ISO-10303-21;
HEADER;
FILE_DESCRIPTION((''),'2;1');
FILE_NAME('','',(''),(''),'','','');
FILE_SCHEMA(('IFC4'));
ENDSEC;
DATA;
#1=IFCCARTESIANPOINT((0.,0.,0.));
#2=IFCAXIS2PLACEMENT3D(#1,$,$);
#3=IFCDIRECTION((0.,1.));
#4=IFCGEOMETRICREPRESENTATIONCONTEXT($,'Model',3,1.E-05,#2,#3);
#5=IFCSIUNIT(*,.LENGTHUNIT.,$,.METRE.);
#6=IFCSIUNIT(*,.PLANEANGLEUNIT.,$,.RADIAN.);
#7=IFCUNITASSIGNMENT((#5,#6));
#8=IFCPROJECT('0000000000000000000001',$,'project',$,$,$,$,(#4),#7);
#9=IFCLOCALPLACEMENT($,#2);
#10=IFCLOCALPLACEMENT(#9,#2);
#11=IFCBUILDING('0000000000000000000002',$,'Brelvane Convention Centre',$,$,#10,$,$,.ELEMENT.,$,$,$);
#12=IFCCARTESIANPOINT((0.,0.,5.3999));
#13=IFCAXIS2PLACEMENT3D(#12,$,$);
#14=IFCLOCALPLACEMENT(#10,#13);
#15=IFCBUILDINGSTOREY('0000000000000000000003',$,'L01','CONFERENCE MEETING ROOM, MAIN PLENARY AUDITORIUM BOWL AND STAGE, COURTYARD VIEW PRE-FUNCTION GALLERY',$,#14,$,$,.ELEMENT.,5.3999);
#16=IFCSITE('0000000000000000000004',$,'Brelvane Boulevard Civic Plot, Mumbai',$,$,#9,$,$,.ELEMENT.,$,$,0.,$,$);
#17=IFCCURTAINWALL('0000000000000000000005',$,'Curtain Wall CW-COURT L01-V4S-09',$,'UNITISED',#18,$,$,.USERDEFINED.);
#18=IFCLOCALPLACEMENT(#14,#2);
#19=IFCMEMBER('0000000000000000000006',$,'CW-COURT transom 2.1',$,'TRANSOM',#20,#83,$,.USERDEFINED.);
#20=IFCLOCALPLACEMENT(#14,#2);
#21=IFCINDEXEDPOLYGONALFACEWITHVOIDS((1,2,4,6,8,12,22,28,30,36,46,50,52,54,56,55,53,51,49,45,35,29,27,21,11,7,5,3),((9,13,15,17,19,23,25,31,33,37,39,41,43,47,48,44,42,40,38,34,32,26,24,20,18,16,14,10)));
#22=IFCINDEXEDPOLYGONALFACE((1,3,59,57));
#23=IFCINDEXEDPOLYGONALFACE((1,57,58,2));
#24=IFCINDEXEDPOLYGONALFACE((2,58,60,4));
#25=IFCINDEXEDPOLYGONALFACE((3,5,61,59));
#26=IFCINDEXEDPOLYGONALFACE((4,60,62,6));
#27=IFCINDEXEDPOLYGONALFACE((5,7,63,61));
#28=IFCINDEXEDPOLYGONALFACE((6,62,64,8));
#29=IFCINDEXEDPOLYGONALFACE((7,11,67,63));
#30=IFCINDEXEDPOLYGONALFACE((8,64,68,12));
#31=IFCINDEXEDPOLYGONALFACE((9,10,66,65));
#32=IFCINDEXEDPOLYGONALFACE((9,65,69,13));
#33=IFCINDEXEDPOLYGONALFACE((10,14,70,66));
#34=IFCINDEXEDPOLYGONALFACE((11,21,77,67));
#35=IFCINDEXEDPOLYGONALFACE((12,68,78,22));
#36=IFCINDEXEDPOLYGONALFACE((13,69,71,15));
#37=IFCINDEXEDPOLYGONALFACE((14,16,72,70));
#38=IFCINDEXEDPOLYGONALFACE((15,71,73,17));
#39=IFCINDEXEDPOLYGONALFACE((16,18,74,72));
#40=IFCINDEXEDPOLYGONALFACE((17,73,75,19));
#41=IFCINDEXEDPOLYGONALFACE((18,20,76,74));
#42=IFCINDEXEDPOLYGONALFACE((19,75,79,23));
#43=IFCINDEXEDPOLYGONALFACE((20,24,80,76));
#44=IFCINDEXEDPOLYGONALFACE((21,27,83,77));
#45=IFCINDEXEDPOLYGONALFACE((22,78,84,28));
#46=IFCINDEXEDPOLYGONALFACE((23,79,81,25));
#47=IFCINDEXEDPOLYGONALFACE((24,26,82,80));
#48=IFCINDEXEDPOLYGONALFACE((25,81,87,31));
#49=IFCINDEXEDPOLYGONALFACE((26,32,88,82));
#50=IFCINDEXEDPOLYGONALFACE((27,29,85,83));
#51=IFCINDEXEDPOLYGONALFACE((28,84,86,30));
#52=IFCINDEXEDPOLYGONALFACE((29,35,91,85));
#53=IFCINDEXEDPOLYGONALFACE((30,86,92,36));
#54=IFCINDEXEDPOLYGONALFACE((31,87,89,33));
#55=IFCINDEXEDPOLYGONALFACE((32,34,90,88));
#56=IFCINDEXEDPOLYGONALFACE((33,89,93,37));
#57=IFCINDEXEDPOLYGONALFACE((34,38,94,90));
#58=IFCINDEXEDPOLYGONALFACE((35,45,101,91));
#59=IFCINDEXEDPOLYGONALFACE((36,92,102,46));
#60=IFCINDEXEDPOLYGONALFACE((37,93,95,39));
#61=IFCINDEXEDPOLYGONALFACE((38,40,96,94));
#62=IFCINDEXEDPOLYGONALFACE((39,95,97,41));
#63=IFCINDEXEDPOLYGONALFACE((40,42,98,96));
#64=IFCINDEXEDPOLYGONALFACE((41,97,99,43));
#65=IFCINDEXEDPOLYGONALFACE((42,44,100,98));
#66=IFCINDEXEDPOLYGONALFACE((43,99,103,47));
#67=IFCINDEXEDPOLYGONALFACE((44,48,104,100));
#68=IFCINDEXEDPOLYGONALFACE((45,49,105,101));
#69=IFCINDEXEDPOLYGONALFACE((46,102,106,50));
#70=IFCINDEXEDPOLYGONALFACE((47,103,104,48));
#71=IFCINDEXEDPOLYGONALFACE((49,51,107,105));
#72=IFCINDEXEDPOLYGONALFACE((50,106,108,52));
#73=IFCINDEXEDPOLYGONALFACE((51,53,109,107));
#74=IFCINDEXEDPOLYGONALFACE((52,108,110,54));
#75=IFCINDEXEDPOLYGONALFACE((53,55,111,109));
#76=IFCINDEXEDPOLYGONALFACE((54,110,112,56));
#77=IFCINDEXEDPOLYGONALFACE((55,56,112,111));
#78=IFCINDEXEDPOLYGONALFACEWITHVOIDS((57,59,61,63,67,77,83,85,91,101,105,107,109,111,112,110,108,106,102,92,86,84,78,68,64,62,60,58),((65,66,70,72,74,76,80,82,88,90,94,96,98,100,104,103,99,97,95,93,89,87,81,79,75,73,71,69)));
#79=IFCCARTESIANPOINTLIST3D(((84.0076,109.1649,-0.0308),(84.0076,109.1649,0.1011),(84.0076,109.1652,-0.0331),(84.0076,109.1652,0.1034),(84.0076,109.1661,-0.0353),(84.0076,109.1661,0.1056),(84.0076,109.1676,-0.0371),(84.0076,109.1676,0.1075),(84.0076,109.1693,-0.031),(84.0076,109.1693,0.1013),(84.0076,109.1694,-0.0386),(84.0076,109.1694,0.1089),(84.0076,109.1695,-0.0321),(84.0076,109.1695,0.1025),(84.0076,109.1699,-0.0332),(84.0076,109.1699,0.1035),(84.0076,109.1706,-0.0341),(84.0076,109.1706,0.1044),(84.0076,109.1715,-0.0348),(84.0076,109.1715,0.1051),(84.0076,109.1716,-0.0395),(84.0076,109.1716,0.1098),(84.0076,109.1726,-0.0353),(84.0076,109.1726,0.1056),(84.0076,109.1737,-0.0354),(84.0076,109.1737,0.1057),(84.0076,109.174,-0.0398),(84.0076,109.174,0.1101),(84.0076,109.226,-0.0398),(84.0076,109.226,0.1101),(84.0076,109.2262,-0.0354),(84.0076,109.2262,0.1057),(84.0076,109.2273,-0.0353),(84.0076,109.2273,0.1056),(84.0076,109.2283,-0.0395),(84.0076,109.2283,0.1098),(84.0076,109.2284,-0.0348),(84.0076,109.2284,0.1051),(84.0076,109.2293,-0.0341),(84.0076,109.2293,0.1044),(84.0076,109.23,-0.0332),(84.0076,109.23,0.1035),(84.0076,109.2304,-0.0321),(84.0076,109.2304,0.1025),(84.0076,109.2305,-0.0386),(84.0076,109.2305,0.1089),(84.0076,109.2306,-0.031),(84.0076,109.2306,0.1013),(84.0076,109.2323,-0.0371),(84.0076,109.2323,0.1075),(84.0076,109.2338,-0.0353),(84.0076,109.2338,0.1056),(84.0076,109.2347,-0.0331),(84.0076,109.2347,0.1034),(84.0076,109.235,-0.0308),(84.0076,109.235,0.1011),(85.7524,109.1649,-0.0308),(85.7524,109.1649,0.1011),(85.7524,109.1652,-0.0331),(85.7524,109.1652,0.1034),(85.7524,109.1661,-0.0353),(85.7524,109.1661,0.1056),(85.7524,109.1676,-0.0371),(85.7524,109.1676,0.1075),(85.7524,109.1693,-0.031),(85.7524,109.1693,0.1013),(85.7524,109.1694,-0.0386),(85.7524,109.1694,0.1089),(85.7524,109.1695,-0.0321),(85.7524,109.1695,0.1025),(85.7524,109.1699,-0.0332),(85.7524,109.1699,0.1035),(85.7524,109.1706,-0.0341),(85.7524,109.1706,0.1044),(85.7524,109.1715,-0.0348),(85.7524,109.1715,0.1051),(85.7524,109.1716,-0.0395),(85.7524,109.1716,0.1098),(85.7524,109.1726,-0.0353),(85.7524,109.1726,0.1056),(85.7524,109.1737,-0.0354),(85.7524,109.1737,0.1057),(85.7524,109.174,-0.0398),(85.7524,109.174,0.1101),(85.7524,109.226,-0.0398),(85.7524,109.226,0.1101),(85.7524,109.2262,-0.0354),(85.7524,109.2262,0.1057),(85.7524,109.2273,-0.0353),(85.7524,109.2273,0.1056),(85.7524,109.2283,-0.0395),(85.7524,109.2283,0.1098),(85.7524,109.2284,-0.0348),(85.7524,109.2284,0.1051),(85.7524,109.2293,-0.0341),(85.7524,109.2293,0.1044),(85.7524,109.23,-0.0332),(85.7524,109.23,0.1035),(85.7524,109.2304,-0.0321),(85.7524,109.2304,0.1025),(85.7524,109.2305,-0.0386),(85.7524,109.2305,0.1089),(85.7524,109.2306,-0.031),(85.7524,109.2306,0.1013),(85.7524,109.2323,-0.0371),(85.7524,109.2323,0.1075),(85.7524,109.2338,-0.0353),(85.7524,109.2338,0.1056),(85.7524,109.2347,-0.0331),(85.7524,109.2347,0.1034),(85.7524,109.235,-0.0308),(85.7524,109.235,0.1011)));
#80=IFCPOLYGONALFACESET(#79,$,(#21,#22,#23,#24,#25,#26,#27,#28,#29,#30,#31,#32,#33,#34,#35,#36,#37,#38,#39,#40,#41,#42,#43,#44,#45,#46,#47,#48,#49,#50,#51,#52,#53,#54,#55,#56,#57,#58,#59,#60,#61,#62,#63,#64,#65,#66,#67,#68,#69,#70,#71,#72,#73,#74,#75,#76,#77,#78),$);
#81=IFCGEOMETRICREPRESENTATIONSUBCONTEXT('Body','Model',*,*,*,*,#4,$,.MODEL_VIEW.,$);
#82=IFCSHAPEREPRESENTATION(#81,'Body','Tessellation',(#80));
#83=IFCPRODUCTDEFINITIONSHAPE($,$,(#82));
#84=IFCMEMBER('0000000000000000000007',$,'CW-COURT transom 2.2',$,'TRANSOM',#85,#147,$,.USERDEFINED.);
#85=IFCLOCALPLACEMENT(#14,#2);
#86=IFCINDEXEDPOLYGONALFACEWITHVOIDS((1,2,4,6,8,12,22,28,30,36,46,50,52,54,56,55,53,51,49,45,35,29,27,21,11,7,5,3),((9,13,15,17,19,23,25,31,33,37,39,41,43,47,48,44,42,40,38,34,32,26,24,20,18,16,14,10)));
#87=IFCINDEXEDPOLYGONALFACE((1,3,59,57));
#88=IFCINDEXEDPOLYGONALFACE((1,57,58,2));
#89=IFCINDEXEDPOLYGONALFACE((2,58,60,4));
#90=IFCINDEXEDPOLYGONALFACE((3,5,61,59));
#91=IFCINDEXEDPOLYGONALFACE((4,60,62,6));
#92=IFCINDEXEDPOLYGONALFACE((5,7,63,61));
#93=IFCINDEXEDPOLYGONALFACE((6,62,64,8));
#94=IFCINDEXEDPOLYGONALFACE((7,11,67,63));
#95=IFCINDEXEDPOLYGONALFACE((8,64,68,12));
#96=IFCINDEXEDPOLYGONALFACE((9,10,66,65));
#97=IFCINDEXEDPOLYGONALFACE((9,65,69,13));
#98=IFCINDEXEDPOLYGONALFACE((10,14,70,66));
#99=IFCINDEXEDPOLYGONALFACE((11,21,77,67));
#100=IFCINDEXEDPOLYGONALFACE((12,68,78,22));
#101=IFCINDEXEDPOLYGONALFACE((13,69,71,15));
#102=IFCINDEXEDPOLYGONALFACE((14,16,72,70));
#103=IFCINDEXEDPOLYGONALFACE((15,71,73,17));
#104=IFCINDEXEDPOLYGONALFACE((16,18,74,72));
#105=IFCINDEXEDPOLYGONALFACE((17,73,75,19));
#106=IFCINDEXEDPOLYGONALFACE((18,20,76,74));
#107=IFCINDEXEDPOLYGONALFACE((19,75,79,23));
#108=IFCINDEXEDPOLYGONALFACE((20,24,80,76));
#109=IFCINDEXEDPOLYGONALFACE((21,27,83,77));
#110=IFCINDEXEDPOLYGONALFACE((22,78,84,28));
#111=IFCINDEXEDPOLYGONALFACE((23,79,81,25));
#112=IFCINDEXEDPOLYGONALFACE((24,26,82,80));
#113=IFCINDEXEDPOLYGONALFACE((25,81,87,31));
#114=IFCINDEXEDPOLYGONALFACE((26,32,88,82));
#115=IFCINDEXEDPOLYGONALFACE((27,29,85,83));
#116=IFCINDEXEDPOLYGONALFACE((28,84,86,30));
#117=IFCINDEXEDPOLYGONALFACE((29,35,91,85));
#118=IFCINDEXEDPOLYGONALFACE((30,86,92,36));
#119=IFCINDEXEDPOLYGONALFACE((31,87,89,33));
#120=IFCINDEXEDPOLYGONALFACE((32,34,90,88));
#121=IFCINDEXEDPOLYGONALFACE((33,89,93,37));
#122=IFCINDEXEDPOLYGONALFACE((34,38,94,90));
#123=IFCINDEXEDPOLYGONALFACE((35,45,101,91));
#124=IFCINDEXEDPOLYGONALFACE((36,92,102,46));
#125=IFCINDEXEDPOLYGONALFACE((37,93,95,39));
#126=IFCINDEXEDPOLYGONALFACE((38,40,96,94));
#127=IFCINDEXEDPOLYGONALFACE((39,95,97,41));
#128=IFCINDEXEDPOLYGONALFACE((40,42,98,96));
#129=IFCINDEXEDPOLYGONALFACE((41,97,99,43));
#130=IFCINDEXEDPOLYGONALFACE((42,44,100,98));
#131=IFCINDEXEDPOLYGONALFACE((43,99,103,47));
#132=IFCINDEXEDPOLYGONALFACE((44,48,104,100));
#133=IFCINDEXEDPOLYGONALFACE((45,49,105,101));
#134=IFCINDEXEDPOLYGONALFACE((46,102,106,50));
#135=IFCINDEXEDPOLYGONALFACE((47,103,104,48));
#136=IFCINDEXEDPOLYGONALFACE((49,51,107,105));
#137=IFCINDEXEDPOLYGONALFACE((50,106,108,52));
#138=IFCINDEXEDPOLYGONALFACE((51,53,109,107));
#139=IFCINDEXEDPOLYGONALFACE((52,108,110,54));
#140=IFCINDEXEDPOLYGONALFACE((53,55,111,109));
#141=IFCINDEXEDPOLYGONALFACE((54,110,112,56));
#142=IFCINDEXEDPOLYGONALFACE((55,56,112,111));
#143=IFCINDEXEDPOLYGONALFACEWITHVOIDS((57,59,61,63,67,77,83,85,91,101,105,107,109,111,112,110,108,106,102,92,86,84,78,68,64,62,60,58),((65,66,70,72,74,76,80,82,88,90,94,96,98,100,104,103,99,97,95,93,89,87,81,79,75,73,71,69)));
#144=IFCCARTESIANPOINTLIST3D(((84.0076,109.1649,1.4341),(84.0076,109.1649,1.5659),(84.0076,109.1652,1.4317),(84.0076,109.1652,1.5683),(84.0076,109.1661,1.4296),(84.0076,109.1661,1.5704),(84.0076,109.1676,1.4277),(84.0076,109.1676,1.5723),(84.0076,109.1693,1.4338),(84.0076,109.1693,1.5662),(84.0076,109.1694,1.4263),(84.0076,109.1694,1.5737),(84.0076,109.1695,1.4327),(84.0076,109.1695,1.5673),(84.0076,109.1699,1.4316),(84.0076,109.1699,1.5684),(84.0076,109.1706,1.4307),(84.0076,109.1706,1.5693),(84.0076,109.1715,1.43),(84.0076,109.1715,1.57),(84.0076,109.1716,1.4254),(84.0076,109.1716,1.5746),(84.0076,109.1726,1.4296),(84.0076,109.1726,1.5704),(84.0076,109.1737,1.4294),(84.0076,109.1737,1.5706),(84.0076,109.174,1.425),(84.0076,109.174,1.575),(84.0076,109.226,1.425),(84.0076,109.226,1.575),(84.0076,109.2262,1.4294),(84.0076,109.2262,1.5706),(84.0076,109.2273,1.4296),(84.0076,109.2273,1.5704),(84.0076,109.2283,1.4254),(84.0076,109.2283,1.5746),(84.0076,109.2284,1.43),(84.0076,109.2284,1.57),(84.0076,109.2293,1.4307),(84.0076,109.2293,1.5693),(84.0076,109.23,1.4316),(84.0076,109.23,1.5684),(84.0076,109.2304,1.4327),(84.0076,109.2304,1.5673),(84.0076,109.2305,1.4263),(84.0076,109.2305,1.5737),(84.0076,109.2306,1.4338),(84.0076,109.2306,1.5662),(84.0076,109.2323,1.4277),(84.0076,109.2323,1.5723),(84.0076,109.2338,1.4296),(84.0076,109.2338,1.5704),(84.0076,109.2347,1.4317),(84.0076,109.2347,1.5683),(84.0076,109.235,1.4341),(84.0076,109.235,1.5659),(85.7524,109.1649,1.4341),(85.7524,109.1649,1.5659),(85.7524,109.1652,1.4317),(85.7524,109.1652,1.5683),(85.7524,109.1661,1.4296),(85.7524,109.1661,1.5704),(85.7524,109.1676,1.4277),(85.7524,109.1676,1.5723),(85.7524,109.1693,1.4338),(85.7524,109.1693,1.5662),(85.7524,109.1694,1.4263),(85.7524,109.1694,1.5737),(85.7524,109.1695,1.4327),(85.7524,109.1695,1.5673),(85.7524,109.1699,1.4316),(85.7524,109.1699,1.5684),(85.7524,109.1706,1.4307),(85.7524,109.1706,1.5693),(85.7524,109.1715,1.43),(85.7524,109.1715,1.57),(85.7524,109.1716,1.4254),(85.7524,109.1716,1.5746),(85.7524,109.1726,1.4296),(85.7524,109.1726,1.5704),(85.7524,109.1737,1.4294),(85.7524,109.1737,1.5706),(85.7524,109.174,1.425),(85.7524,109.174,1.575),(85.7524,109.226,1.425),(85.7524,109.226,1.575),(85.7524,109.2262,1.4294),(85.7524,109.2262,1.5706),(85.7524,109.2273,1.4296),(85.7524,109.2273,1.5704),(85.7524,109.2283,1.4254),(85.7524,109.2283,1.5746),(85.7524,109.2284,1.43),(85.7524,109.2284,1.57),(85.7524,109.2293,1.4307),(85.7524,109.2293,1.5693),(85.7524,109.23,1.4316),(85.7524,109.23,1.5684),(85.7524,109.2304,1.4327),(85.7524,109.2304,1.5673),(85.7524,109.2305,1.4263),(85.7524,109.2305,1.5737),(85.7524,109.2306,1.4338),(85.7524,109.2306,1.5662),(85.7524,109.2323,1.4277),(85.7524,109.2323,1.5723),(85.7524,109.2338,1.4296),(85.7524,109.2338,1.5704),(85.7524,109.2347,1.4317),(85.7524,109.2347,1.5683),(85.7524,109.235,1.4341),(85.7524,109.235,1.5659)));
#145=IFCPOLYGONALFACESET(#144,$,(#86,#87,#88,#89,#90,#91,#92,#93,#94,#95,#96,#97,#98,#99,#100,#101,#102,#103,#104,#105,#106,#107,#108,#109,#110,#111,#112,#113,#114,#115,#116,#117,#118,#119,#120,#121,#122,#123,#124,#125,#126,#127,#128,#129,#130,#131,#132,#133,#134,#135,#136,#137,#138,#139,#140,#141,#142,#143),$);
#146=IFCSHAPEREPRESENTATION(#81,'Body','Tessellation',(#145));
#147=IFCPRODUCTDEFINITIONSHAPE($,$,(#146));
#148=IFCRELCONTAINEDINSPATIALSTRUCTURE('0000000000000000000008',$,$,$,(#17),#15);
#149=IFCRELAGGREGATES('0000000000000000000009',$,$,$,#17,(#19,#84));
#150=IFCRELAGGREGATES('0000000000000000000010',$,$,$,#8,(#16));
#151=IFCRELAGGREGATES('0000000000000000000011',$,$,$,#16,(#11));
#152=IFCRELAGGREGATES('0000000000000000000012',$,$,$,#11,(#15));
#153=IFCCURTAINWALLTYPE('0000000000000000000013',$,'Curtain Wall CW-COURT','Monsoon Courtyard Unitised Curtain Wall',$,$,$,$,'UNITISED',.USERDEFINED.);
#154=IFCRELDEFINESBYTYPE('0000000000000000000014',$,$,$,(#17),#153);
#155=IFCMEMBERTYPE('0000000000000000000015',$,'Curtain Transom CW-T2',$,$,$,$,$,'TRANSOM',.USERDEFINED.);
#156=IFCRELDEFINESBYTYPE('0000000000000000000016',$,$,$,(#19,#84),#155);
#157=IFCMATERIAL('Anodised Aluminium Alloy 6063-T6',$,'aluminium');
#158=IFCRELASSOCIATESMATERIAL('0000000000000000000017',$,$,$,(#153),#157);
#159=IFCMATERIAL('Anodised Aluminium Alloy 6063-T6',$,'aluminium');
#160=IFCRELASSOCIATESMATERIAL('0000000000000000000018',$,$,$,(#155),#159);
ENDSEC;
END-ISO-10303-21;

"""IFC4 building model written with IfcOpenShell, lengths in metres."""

from ifc_helpers import new_model, si_unit, direction, frame, origin, origin_2d, place, context, subcontext, project, spatial, hollow_rectangle, extrude, material, material_profile, profile_set, type_object, element, aggregate, save


model = new_model("IFC4")

# Units and contexts
model_context = context("Model", 3, precision=1e-05, world=origin(), true_north=direction((0.0, 1.0)))
body_context = subcontext(model_context, "Body", "Model", "MODEL_VIEW")
ifc_project = project(units=[si_unit("LENGTHUNIT", "METRE"), si_unit("PLANEANGLEUNIT", "RADIAN")], contexts=[model_context])

# Site, building, storey
site_placement = place(None, origin())
site = spatial("IfcSite", under=ifc_project, at=site_placement, Name="Brelvane Boulevard Civic Plot, Mumbai", CompositionType="ELEMENT", RefElevation=0.0)
building_placement = place(site_placement, origin())
building = spatial("IfcBuilding", under=site, at=building_placement, Name="Brelvane Convention Centre", CompositionType="ELEMENT")
storey_placement = place(building_placement, frame((0.0, 0.0, 5.3999)))
storey = spatial("IfcBuildingStorey", under=building, at=storey_placement, Name="L01", Description="CONFERENCE MEETING ROOM, MAIN PLENARY AUDITORIUM BOWL AND STAGE, COURTYARD VIEW PRE-FUNCTION GALLERY", CompositionType="ELEMENT", Elevation=5.3999)

# Curtain wall, members
ifc_material_1 = material(Name="Anodised Aluminium Alloy 6063-T6", Category="aluminium")
curtain_wall_type = type_object("IfcCurtainWallType", Name="Curtain Wall CW-COURT", Description="Monsoon Courtyard Unitised Curtain Wall", ElementType="UNITISED", PredefinedType="USERDEFINED", material=ifc_material_1)
curtain_wall_placement = place(storey_placement, origin())
curtain_wall = element("IfcCurtainWall", 1, at=curtain_wall_placement, inside=storey, type_object=curtain_wall_type, Name="Curtain Wall CW-COURT L01-V4S-09", ObjectType="UNITISED", PredefinedType="USERDEFINED")
ifc_material_2 = material(Name="Anodised Aluminium Alloy 6063-T6", Category="aluminium")
ifc_material_profile_1 = material_profile(ifc_material_2, hollow_rectangle(XDim=0.0701, YDim=0.1499, WallThickness=0.0044, InnerFilletRadius=0.0044, OuterFilletRadius=0.009, at=origin_2d()), Name="ALU-T 150x70x4.5")
ifc_profile_set_1 = profile_set([ifc_material_profile_1], Name="Anodised Aluminium Alloy 6063-T6")
member_type_1 = type_object("IfcMemberType", Name="Curtain Transom CW-T2", ElementType="TRANSOM", PredefinedType="USERDEFINED", material=ifc_profile_set_1)
member_1_placement = place(storey_placement, frame((84.0076, 109.2, 0.0352), z_axis=(1.0, 0.0, 0.0), x_axis=(0.0, 1.0, 0.0)))
member_1 = element("IfcMember", 2, at=member_1_placement, type_object=member_type_1, Name="CW-COURT transom 2.1", ObjectType="TRANSOM", PredefinedType="USERDEFINED", context=body_context, shape_type="SweptSolid", body=[
    extrude(hollow_rectangle(XDim=0.0701, YDim=0.1499, WallThickness=0.0044, InnerFilletRadius=0.0044, OuterFilletRadius=0.009, at=origin_2d()), origin(), (0.0, 0.0, 1.0), 1.7449),
])
member_2_placement = place(storey_placement, frame((84.0076, 109.2, 1.5), z_axis=(1.0, 0.0, 0.0), x_axis=(0.0, 1.0, 0.0)))
member_2 = element("IfcMember", 3, at=member_2_placement, type_object=member_type_1, Name="CW-COURT transom 2.2", ObjectType="TRANSOM", PredefinedType="USERDEFINED", context=body_context, shape_type="SweptSolid", body=[
    extrude(hollow_rectangle(XDim=0.0701, YDim=0.1499, WallThickness=0.0044, InnerFilletRadius=0.0044, OuterFilletRadius=0.009, at=origin_2d()), origin(), (0.0, 0.0, 1.0), 1.7449),
])

aggregate(curtain_wall, [member_1, member_2])

save(model, "model.ifc")
